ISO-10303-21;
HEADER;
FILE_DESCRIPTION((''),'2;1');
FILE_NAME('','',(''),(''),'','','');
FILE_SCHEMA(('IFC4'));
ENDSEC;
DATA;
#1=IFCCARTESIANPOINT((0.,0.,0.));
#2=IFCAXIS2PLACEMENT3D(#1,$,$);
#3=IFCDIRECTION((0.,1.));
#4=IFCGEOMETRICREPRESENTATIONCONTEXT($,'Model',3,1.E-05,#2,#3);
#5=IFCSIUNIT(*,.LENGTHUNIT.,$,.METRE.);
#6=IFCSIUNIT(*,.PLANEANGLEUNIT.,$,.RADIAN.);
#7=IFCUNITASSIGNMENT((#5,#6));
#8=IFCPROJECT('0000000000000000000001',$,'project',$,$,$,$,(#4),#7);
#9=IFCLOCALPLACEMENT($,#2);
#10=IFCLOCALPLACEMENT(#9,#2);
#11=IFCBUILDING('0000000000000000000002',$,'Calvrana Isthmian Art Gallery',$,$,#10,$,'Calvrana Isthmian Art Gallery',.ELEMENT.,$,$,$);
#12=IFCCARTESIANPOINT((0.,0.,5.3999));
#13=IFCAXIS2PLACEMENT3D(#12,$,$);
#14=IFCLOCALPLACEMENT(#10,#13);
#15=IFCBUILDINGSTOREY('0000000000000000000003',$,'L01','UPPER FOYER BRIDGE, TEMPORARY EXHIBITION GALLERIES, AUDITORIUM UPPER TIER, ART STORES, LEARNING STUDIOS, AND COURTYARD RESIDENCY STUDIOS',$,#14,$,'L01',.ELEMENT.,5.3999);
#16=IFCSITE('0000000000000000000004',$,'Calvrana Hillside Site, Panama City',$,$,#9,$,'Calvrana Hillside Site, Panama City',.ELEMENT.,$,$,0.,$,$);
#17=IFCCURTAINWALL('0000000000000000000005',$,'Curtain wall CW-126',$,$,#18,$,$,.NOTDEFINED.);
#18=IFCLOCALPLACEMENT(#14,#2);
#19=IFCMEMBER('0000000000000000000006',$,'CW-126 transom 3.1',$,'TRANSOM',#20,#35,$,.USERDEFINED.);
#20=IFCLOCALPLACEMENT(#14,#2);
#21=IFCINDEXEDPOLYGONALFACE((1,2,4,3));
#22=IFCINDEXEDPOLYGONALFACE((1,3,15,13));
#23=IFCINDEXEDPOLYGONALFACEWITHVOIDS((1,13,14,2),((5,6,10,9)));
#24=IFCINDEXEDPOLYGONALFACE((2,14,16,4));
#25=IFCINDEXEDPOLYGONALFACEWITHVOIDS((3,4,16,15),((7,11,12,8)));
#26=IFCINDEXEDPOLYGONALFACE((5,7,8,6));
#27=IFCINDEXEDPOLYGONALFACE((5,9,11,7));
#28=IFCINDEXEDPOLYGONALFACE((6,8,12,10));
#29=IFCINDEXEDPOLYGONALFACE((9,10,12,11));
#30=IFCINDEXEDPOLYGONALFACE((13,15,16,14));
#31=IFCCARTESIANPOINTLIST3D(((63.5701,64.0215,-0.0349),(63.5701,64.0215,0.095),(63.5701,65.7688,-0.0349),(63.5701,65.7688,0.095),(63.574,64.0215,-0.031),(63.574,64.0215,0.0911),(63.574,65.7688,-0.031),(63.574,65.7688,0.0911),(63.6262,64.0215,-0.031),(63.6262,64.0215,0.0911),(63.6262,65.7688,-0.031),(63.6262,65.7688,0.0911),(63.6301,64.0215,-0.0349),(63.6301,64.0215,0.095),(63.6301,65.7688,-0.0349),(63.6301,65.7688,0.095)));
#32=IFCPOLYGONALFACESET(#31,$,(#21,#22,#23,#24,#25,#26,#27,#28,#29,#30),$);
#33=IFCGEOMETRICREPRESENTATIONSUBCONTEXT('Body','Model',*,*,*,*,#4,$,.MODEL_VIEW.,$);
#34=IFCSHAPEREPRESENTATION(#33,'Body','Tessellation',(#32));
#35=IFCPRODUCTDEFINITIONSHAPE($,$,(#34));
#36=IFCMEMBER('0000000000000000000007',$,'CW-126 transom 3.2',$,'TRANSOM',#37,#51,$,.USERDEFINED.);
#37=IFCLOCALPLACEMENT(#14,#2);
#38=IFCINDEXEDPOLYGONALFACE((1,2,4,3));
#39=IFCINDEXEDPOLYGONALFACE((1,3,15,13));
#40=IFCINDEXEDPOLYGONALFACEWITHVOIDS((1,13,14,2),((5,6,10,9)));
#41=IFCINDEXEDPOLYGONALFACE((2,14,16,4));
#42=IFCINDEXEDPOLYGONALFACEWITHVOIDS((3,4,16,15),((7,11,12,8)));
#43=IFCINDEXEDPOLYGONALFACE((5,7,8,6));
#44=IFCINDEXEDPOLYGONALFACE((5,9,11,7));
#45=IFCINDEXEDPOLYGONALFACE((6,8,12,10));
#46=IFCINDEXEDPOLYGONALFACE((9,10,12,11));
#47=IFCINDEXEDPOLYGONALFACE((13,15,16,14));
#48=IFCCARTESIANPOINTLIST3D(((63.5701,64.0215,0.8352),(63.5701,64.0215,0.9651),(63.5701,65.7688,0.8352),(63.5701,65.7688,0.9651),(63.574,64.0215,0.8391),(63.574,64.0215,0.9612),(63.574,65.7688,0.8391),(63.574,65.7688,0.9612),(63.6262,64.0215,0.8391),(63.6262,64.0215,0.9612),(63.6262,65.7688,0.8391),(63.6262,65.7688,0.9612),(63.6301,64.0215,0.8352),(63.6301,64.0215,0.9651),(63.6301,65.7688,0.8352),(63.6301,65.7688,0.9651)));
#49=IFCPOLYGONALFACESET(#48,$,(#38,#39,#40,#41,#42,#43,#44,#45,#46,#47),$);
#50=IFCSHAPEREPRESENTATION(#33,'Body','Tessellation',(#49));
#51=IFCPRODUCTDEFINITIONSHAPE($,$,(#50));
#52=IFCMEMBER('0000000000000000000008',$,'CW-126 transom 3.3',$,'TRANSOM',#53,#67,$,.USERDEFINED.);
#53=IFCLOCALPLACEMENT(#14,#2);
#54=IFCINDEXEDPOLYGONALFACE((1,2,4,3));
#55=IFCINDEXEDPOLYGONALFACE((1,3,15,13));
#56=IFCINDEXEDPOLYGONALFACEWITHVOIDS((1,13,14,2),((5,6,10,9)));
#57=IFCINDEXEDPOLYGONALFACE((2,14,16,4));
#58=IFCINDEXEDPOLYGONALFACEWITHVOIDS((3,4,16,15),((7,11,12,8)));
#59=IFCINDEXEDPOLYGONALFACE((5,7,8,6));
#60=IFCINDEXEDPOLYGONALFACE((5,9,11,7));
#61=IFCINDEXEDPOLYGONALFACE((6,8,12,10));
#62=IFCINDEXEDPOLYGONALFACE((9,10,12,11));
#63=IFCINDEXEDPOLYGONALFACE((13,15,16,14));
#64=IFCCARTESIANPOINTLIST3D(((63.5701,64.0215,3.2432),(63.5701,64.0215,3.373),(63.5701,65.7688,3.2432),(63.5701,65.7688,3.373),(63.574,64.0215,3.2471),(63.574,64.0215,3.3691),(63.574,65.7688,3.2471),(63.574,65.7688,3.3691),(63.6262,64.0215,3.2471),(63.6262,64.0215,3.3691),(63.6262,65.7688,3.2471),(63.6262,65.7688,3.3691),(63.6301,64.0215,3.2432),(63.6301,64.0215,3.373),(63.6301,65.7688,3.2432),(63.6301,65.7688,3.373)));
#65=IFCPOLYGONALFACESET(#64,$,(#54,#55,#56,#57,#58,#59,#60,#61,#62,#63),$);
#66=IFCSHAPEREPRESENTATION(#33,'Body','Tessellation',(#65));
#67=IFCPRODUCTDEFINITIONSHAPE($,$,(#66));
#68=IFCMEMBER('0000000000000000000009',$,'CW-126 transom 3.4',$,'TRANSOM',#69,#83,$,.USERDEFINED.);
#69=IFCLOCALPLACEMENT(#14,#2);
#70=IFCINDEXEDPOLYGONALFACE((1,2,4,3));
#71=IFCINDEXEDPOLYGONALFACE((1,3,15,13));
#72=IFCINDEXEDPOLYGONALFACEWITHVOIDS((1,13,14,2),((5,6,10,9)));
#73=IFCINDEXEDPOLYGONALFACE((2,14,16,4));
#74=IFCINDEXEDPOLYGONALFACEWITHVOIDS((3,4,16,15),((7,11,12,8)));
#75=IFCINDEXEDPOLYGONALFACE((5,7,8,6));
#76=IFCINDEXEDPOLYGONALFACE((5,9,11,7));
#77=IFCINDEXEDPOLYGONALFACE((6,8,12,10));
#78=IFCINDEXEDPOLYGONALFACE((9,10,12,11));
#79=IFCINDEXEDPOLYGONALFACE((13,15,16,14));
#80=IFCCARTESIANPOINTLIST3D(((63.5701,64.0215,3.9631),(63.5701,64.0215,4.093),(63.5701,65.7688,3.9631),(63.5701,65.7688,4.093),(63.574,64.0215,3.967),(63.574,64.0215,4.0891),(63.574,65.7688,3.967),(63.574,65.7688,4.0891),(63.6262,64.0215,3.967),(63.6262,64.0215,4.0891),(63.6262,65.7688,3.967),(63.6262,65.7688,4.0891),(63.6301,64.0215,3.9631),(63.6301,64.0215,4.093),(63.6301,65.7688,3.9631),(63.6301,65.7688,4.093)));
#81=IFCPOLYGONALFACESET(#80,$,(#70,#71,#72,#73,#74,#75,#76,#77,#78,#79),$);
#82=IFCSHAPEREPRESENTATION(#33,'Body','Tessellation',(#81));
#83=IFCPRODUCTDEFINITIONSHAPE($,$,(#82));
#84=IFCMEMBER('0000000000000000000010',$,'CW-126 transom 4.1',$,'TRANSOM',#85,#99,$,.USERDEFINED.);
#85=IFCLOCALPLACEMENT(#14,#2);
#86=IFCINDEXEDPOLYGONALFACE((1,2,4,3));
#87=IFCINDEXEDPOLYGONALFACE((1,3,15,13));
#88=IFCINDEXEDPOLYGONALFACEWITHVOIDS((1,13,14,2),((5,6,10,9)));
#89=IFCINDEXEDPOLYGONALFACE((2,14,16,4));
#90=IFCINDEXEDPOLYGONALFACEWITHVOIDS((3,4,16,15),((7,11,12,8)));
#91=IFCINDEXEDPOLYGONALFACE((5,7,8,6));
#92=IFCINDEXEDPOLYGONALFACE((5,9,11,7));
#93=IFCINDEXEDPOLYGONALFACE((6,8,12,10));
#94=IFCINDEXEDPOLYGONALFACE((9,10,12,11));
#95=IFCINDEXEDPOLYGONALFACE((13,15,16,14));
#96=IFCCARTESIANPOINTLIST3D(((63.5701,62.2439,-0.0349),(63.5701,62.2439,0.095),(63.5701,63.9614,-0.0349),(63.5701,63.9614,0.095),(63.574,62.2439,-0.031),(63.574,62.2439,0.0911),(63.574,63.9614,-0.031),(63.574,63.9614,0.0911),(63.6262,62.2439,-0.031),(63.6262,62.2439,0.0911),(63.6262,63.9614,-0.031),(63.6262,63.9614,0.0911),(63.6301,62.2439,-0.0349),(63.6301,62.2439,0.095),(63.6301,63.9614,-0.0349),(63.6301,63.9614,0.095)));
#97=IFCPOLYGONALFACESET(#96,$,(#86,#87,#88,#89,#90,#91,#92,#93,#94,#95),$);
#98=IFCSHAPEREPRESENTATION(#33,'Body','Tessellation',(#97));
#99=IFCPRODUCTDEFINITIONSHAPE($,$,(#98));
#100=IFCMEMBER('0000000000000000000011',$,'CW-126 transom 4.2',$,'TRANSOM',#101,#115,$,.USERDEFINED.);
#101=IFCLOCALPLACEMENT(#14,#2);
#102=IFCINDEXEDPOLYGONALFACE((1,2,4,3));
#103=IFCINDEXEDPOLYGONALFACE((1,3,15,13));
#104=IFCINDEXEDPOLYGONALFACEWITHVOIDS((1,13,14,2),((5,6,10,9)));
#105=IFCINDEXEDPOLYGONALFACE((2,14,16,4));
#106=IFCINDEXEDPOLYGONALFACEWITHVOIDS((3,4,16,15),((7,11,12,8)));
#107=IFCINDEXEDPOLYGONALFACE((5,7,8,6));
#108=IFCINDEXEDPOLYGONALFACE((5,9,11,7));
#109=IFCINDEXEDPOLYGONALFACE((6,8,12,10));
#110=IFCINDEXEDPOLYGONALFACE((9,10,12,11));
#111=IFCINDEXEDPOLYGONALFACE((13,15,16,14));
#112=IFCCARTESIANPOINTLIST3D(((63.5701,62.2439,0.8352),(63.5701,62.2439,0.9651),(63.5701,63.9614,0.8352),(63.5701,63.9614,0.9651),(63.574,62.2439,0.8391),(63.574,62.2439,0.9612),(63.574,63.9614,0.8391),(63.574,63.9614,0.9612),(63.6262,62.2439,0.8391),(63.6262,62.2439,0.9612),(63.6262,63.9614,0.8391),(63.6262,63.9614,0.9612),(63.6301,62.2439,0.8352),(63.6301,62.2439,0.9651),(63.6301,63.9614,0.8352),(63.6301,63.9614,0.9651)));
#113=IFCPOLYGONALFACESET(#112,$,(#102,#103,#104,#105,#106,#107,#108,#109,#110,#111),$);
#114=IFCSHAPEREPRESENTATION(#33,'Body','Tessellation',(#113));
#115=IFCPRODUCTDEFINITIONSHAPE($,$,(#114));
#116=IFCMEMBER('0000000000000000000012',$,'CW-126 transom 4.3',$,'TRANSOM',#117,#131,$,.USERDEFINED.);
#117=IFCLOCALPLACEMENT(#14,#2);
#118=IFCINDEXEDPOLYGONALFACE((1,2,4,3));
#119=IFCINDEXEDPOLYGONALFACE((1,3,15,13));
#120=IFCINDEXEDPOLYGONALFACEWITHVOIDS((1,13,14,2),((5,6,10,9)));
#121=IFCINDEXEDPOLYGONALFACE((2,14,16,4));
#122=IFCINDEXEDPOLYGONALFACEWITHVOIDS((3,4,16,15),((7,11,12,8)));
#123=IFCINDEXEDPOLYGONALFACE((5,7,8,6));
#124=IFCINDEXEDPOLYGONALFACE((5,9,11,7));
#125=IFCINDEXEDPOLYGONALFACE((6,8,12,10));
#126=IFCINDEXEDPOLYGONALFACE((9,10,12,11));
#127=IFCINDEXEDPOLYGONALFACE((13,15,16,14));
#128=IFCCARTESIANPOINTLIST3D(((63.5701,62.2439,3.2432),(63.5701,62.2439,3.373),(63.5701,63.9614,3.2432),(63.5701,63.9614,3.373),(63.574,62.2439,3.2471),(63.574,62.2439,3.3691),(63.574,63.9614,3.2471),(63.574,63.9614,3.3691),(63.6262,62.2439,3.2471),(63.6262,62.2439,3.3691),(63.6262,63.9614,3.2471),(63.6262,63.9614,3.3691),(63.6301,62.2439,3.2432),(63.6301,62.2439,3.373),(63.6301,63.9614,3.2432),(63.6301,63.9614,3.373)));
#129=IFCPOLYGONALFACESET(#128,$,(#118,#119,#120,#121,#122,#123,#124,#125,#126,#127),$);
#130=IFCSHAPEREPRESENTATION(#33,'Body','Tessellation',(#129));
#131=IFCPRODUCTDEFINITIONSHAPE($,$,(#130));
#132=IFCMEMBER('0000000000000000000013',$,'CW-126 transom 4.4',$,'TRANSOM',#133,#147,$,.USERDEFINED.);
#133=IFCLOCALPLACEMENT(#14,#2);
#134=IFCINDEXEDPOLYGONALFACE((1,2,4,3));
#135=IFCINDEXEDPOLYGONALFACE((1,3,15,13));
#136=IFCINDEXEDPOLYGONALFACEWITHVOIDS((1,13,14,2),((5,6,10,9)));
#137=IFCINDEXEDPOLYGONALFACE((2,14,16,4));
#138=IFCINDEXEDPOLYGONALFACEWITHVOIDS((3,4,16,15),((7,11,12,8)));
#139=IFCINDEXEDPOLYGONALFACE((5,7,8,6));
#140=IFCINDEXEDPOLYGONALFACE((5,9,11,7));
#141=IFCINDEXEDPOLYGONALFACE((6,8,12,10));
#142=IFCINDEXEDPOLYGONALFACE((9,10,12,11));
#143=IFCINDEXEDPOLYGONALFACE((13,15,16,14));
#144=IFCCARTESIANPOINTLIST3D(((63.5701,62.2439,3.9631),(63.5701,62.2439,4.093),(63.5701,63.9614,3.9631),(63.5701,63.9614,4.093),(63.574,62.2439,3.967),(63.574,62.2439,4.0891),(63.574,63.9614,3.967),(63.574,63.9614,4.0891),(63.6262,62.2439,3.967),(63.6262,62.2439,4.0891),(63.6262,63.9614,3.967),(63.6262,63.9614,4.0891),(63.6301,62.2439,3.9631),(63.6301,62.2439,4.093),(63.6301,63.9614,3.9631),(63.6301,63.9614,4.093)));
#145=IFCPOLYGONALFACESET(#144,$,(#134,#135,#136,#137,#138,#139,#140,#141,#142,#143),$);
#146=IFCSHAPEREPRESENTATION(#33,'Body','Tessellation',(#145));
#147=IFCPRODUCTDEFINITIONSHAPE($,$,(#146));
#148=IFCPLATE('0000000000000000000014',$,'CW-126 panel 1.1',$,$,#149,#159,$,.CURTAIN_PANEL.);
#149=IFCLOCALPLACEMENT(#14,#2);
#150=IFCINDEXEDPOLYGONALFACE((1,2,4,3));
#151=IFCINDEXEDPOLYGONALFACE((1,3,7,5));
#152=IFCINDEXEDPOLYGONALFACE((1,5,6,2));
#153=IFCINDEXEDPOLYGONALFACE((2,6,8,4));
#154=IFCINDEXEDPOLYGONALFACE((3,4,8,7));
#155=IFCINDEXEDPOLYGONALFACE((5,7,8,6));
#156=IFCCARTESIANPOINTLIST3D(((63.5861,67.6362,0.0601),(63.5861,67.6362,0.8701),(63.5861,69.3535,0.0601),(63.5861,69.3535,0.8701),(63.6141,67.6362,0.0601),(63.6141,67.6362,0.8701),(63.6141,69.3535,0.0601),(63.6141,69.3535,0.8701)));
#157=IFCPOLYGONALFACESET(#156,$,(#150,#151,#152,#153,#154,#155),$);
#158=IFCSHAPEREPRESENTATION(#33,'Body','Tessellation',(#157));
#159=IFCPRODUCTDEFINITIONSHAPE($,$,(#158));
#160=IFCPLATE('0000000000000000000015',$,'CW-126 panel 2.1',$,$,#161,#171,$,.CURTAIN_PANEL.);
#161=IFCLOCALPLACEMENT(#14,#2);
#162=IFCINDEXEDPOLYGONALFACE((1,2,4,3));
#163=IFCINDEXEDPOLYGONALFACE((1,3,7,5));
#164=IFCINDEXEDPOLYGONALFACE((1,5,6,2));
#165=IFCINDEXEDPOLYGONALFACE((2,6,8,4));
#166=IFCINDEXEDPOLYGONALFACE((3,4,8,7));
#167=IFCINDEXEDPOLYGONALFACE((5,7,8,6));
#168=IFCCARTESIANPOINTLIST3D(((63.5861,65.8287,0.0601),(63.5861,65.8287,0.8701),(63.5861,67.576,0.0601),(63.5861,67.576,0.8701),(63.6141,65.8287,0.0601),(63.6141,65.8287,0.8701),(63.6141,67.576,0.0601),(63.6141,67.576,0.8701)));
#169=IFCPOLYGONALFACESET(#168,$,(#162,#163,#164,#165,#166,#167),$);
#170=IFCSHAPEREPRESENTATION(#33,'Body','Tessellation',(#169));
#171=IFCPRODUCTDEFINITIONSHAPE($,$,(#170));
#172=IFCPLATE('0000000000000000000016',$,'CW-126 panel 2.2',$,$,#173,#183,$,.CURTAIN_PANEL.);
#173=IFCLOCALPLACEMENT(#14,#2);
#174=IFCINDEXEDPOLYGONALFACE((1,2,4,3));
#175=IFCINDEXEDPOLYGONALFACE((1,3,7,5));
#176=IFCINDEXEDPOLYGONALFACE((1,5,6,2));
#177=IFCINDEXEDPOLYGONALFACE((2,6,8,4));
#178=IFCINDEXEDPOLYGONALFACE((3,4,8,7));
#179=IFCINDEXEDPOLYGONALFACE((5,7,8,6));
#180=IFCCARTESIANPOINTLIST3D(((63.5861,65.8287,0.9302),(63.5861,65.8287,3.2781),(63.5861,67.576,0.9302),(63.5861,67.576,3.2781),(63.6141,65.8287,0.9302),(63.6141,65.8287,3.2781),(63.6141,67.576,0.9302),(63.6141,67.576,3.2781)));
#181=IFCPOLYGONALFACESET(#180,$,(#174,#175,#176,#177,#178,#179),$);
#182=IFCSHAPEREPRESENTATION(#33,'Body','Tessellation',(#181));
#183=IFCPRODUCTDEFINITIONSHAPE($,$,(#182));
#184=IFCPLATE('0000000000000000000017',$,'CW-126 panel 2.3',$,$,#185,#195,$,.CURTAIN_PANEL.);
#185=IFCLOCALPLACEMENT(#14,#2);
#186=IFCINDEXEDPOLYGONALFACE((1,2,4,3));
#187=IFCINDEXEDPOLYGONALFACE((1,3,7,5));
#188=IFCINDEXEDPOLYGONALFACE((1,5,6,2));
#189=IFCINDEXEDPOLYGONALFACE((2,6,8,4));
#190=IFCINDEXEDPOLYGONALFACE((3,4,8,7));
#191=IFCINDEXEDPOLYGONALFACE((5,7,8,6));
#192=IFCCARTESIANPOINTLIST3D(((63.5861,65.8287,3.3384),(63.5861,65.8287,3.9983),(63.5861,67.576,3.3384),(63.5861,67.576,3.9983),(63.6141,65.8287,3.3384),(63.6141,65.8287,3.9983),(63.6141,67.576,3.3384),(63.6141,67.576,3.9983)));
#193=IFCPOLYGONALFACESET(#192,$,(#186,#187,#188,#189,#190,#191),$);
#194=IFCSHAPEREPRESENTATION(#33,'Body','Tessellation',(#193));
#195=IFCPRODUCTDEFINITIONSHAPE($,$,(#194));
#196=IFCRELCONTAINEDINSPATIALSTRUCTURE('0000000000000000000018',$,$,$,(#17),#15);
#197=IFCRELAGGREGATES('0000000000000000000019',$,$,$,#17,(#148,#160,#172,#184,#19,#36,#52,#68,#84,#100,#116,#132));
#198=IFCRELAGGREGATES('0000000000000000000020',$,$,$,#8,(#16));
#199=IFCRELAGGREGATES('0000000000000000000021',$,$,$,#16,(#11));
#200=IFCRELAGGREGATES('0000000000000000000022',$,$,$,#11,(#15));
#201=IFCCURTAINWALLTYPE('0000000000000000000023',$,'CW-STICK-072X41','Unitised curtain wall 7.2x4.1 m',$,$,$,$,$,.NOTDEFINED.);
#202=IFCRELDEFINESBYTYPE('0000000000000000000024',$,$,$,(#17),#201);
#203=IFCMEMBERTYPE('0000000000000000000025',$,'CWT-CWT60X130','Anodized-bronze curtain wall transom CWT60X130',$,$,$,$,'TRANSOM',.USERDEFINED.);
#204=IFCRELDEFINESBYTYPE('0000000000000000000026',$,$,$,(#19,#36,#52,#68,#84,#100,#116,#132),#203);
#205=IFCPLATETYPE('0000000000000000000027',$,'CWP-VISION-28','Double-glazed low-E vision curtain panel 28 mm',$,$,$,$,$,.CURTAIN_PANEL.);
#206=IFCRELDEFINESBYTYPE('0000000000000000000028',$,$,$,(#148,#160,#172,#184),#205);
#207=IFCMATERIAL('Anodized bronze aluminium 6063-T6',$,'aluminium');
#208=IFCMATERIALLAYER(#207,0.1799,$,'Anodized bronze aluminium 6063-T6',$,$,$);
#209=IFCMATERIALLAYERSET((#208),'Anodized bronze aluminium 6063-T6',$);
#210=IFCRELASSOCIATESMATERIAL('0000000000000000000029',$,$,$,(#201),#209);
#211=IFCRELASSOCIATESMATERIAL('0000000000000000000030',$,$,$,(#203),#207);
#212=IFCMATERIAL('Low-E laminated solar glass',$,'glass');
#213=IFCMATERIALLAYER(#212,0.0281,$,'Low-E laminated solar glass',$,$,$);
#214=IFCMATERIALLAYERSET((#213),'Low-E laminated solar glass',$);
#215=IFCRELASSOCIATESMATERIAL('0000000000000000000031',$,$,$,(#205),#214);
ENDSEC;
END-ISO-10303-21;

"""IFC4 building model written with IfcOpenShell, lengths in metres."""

from ifc_helpers import new_model, si_unit, direction, frame, origin, origin_2d, place, context, subcontext, project, spatial, rectangle, hollow_rectangle, extrude, material, layer, layer_set, material_profile, profile_set, type_object, element, aggregate, save


model = new_model("IFC4")

# Units and contexts
model_context = context("Model", 3, precision=1e-05, world=origin(), true_north=direction((0.0, 1.0)))
body_context = subcontext(model_context, "Body", "Model", "MODEL_VIEW")
ifc_project = project(units=[si_unit("LENGTHUNIT", "METRE"), si_unit("PLANEANGLEUNIT", "RADIAN")], contexts=[model_context])

# Site, building, storey
site_placement = place(None, origin())
site = spatial("IfcSite", under=ifc_project, at=site_placement, Name="Calvrana Hillside Site, Panama City", LongName="Calvrana Hillside Site, Panama City", CompositionType="ELEMENT", RefElevation=0.0)
building_placement = place(site_placement, origin())
building = spatial("IfcBuilding", under=site, at=building_placement, Name="Calvrana Isthmian Art Gallery", LongName="Calvrana Isthmian Art Gallery", CompositionType="ELEMENT")
storey_placement = place(building_placement, frame((0.0, 0.0, 5.3999)))
storey = spatial("IfcBuildingStorey", under=building, at=storey_placement, Name="L01", Description="UPPER FOYER BRIDGE, TEMPORARY EXHIBITION GALLERIES, AUDITORIUM UPPER TIER, ART STORES, LEARNING STUDIOS, AND COURTYARD RESIDENCY STUDIOS", LongName="L01", CompositionType="ELEMENT", Elevation=5.3999)

# Curtain wall, members, plates
ifc_material_1 = material(Name="Anodized bronze aluminium 6063-T6", Category="aluminium")
ifc_layer_1 = layer(ifc_material_1, 0.1799, Name="Anodized bronze aluminium 6063-T6")
ifc_layer_set_1 = layer_set([ifc_layer_1], Name="Anodized bronze aluminium 6063-T6")
curtain_wall_type = type_object("IfcCurtainWallType", Name="CW-STICK-072X41", Description="Unitised curtain wall 7.2x4.1 m", PredefinedType="NOTDEFINED", material=ifc_layer_set_1)
curtain_wall_placement = place(storey_placement, origin())
curtain_wall = element("IfcCurtainWall", 1, at=curtain_wall_placement, inside=storey, type_object=curtain_wall_type, Name="Curtain wall CW-126", PredefinedType="NOTDEFINED")
ifc_material_profile_1 = material_profile(ifc_material_1, hollow_rectangle(XDim=0.0601, YDim=0.1299, WallThickness=0.0039, at=origin_2d()), Name="CWT60X130")
ifc_profile_set_1 = profile_set([ifc_material_profile_1], Name="Anodized bronze aluminium 6063-T6")
member_type_1 = type_object("IfcMemberType", Name="CWT-CWT60X130", Description="Anodized-bronze curtain wall transom CWT60X130", ElementType="TRANSOM", PredefinedType="USERDEFINED", material=ifc_profile_set_1)
member_1_placement = place(storey_placement, frame((63.6001, 65.7688, 0.03), z_axis=(0.0, -1.0, 0.0), x_axis=(1.0, 0.0, 0.0)))
member_1 = element("IfcMember", 2, at=member_1_placement, type_object=member_type_1, Name="CW-126 transom 3.1", ObjectType="TRANSOM", PredefinedType="USERDEFINED", context=body_context, shape_type="SweptSolid", body=[
    extrude(hollow_rectangle(XDim=0.0601, YDim=0.1299, WallThickness=0.0039, at=origin_2d()), origin(), (0.0, 0.0, 1.0), 1.7473),
])
member_2_placement = place(storey_placement, frame((63.6001, 65.7688, 0.9001), z_axis=(0.0, -1.0, 0.0), x_axis=(1.0, 0.0, 0.0)))
member_2 = element("IfcMember", 3, at=member_2_placement, type_object=member_type_1, Name="CW-126 transom 3.2", ObjectType="TRANSOM", PredefinedType="USERDEFINED", context=body_context, shape_type="SweptSolid", body=[
    extrude(hollow_rectangle(XDim=0.0601, YDim=0.1299, WallThickness=0.0039, at=origin_2d()), origin(), (0.0, 0.0, 1.0), 1.7473),
])
member_3_placement = place(storey_placement, frame((63.6001, 65.7688, 3.3081), z_axis=(0.0, -1.0, 0.0), x_axis=(1.0, 0.0, 0.0)))
member_3 = element("IfcMember", 4, at=member_3_placement, type_object=member_type_1, Name="CW-126 transom 3.3", ObjectType="TRANSOM", PredefinedType="USERDEFINED", context=body_context, shape_type="SweptSolid", body=[
    extrude(hollow_rectangle(XDim=0.0601, YDim=0.1299, WallThickness=0.0039, at=origin_2d()), origin(), (0.0, 0.0, 1.0), 1.7473),
])
member_4_placement = place(storey_placement, frame((63.6001, 65.7688, 4.0281), z_axis=(0.0, -1.0, 0.0), x_axis=(1.0, 0.0, 0.0)))
member_4 = element("IfcMember", 5, at=member_4_placement, type_object=member_type_1, Name="CW-126 transom 3.4", ObjectType="TRANSOM", PredefinedType="USERDEFINED", context=body_context, shape_type="SweptSolid", body=[
    extrude(hollow_rectangle(XDim=0.0601, YDim=0.1299, WallThickness=0.0039, at=origin_2d()), origin(), (0.0, 0.0, 1.0), 1.7473),
])
member_5_placement = place(storey_placement, frame((63.6001, 63.9614, 0.03), z_axis=(0.0, -1.0, 0.0), x_axis=(1.0, 0.0, 0.0)))
member_5 = element("IfcMember", 6, at=member_5_placement, type_object=member_type_1, Name="CW-126 transom 4.1", ObjectType="TRANSOM", PredefinedType="USERDEFINED", context=body_context, shape_type="SweptSolid", body=[
    extrude(hollow_rectangle(XDim=0.0601, YDim=0.1299, WallThickness=0.0039, at=origin_2d()), origin(), (0.0, 0.0, 1.0), 1.7175),
])
member_6_placement = place(storey_placement, frame((63.6001, 63.9614, 0.9001), z_axis=(0.0, -1.0, 0.0), x_axis=(1.0, 0.0, 0.0)))
member_6 = element("IfcMember", 7, at=member_6_placement, type_object=member_type_1, Name="CW-126 transom 4.2", ObjectType="TRANSOM", PredefinedType="USERDEFINED", context=body_context, shape_type="SweptSolid", body=[
    extrude(hollow_rectangle(XDim=0.0601, YDim=0.1299, WallThickness=0.0039, at=origin_2d()), origin(), (0.0, 0.0, 1.0), 1.7175),
])
member_7_placement = place(storey_placement, frame((63.6001, 63.9614, 3.3081), z_axis=(0.0, -1.0, 0.0), x_axis=(1.0, 0.0, 0.0)))
member_7 = element("IfcMember", 8, at=member_7_placement, type_object=member_type_1, Name="CW-126 transom 4.3", ObjectType="TRANSOM", PredefinedType="USERDEFINED", context=body_context, shape_type="SweptSolid", body=[
    extrude(hollow_rectangle(XDim=0.0601, YDim=0.1299, WallThickness=0.0039, at=origin_2d()), origin(), (0.0, 0.0, 1.0), 1.7175),
])
member_8_placement = place(storey_placement, frame((63.6001, 63.9614, 4.0281), z_axis=(0.0, -1.0, 0.0), x_axis=(1.0, 0.0, 0.0)))
member_8 = element("IfcMember", 9, at=member_8_placement, type_object=member_type_1, Name="CW-126 transom 4.4", ObjectType="TRANSOM", PredefinedType="USERDEFINED", context=body_context, shape_type="SweptSolid", body=[
    extrude(hollow_rectangle(XDim=0.0601, YDim=0.1299, WallThickness=0.0039, at=origin_2d()), origin(), (0.0, 0.0, 1.0), 1.7175),
])
ifc_material_2 = material(Name="Low-E laminated solar glass", Category="glass")
ifc_layer_2 = layer(ifc_material_2, 0.0281, Name="Low-E laminated solar glass")
ifc_layer_set_2 = layer_set([ifc_layer_2], Name="Low-E laminated solar glass")
plate_type = type_object("IfcPlateType", Name="CWP-VISION-28", Description="Double-glazed low-E vision curtain panel 28 mm", PredefinedType="CURTAIN_PANEL", material=ifc_layer_set_2)
plate_1_placement = place(storey_placement, frame((63.6001, 68.4949, 0.0601), z_axis=(0.0, 0.0, 1.0), x_axis=(0.0, -1.0, 0.0)))
plate_1 = element("IfcPlate", 10, at=plate_1_placement, type_object=plate_type, Name="CW-126 panel 1.1", PredefinedType="CURTAIN_PANEL", context=body_context, shape_type="SweptSolid", body=[
    extrude(rectangle(XDim=1.7173, YDim=0.0281, at=origin_2d()), origin(), (0.0, 0.0, 1.0), 0.8101),
])
plate_2_placement = place(storey_placement, frame((63.6001, 66.7024, 0.0601), z_axis=(0.0, 0.0, 1.0), x_axis=(0.0, -1.0, 0.0)))
plate_2 = element("IfcPlate", 11, at=plate_2_placement, type_object=plate_type, Name="CW-126 panel 2.1", PredefinedType="CURTAIN_PANEL", context=body_context, shape_type="SweptSolid", body=[
    extrude(rectangle(XDim=1.7473, YDim=0.0281, at=origin_2d()), origin(), (0.0, 0.0, 1.0), 0.8101),
])
plate_3_placement = place(storey_placement, frame((63.6001, 66.7024, 0.9302), z_axis=(0.0, 0.0, 1.0), x_axis=(0.0, -1.0, 0.0)))
plate_3 = element("IfcPlate", 12, at=plate_3_placement, type_object=plate_type, Name="CW-126 panel 2.2", PredefinedType="CURTAIN_PANEL", context=body_context, shape_type="SweptSolid", body=[
    extrude(rectangle(XDim=1.7473, YDim=0.0281, at=origin_2d()), origin(), (0.0, 0.0, 1.0), 2.3479),
])
plate_4_placement = place(storey_placement, frame((63.6001, 66.7024, 3.3384), z_axis=(0.0, 0.0, 1.0), x_axis=(0.0, -1.0, 0.0)))
plate_4 = element("IfcPlate", 13, at=plate_4_placement, type_object=plate_type, Name="CW-126 panel 2.3", PredefinedType="CURTAIN_PANEL", context=body_context, shape_type="SweptSolid", body=[
    extrude(rectangle(XDim=1.7473, YDim=0.0281, at=origin_2d()), origin(), (0.0, 0.0, 1.0), 0.6599),
])
aggregate(curtain_wall, [plate_1, plate_2, plate_3, plate_4, member_1, member_2, member_3, member_4, member_5, member_6, member_7, member_8])

save(model, "model.ifc")
